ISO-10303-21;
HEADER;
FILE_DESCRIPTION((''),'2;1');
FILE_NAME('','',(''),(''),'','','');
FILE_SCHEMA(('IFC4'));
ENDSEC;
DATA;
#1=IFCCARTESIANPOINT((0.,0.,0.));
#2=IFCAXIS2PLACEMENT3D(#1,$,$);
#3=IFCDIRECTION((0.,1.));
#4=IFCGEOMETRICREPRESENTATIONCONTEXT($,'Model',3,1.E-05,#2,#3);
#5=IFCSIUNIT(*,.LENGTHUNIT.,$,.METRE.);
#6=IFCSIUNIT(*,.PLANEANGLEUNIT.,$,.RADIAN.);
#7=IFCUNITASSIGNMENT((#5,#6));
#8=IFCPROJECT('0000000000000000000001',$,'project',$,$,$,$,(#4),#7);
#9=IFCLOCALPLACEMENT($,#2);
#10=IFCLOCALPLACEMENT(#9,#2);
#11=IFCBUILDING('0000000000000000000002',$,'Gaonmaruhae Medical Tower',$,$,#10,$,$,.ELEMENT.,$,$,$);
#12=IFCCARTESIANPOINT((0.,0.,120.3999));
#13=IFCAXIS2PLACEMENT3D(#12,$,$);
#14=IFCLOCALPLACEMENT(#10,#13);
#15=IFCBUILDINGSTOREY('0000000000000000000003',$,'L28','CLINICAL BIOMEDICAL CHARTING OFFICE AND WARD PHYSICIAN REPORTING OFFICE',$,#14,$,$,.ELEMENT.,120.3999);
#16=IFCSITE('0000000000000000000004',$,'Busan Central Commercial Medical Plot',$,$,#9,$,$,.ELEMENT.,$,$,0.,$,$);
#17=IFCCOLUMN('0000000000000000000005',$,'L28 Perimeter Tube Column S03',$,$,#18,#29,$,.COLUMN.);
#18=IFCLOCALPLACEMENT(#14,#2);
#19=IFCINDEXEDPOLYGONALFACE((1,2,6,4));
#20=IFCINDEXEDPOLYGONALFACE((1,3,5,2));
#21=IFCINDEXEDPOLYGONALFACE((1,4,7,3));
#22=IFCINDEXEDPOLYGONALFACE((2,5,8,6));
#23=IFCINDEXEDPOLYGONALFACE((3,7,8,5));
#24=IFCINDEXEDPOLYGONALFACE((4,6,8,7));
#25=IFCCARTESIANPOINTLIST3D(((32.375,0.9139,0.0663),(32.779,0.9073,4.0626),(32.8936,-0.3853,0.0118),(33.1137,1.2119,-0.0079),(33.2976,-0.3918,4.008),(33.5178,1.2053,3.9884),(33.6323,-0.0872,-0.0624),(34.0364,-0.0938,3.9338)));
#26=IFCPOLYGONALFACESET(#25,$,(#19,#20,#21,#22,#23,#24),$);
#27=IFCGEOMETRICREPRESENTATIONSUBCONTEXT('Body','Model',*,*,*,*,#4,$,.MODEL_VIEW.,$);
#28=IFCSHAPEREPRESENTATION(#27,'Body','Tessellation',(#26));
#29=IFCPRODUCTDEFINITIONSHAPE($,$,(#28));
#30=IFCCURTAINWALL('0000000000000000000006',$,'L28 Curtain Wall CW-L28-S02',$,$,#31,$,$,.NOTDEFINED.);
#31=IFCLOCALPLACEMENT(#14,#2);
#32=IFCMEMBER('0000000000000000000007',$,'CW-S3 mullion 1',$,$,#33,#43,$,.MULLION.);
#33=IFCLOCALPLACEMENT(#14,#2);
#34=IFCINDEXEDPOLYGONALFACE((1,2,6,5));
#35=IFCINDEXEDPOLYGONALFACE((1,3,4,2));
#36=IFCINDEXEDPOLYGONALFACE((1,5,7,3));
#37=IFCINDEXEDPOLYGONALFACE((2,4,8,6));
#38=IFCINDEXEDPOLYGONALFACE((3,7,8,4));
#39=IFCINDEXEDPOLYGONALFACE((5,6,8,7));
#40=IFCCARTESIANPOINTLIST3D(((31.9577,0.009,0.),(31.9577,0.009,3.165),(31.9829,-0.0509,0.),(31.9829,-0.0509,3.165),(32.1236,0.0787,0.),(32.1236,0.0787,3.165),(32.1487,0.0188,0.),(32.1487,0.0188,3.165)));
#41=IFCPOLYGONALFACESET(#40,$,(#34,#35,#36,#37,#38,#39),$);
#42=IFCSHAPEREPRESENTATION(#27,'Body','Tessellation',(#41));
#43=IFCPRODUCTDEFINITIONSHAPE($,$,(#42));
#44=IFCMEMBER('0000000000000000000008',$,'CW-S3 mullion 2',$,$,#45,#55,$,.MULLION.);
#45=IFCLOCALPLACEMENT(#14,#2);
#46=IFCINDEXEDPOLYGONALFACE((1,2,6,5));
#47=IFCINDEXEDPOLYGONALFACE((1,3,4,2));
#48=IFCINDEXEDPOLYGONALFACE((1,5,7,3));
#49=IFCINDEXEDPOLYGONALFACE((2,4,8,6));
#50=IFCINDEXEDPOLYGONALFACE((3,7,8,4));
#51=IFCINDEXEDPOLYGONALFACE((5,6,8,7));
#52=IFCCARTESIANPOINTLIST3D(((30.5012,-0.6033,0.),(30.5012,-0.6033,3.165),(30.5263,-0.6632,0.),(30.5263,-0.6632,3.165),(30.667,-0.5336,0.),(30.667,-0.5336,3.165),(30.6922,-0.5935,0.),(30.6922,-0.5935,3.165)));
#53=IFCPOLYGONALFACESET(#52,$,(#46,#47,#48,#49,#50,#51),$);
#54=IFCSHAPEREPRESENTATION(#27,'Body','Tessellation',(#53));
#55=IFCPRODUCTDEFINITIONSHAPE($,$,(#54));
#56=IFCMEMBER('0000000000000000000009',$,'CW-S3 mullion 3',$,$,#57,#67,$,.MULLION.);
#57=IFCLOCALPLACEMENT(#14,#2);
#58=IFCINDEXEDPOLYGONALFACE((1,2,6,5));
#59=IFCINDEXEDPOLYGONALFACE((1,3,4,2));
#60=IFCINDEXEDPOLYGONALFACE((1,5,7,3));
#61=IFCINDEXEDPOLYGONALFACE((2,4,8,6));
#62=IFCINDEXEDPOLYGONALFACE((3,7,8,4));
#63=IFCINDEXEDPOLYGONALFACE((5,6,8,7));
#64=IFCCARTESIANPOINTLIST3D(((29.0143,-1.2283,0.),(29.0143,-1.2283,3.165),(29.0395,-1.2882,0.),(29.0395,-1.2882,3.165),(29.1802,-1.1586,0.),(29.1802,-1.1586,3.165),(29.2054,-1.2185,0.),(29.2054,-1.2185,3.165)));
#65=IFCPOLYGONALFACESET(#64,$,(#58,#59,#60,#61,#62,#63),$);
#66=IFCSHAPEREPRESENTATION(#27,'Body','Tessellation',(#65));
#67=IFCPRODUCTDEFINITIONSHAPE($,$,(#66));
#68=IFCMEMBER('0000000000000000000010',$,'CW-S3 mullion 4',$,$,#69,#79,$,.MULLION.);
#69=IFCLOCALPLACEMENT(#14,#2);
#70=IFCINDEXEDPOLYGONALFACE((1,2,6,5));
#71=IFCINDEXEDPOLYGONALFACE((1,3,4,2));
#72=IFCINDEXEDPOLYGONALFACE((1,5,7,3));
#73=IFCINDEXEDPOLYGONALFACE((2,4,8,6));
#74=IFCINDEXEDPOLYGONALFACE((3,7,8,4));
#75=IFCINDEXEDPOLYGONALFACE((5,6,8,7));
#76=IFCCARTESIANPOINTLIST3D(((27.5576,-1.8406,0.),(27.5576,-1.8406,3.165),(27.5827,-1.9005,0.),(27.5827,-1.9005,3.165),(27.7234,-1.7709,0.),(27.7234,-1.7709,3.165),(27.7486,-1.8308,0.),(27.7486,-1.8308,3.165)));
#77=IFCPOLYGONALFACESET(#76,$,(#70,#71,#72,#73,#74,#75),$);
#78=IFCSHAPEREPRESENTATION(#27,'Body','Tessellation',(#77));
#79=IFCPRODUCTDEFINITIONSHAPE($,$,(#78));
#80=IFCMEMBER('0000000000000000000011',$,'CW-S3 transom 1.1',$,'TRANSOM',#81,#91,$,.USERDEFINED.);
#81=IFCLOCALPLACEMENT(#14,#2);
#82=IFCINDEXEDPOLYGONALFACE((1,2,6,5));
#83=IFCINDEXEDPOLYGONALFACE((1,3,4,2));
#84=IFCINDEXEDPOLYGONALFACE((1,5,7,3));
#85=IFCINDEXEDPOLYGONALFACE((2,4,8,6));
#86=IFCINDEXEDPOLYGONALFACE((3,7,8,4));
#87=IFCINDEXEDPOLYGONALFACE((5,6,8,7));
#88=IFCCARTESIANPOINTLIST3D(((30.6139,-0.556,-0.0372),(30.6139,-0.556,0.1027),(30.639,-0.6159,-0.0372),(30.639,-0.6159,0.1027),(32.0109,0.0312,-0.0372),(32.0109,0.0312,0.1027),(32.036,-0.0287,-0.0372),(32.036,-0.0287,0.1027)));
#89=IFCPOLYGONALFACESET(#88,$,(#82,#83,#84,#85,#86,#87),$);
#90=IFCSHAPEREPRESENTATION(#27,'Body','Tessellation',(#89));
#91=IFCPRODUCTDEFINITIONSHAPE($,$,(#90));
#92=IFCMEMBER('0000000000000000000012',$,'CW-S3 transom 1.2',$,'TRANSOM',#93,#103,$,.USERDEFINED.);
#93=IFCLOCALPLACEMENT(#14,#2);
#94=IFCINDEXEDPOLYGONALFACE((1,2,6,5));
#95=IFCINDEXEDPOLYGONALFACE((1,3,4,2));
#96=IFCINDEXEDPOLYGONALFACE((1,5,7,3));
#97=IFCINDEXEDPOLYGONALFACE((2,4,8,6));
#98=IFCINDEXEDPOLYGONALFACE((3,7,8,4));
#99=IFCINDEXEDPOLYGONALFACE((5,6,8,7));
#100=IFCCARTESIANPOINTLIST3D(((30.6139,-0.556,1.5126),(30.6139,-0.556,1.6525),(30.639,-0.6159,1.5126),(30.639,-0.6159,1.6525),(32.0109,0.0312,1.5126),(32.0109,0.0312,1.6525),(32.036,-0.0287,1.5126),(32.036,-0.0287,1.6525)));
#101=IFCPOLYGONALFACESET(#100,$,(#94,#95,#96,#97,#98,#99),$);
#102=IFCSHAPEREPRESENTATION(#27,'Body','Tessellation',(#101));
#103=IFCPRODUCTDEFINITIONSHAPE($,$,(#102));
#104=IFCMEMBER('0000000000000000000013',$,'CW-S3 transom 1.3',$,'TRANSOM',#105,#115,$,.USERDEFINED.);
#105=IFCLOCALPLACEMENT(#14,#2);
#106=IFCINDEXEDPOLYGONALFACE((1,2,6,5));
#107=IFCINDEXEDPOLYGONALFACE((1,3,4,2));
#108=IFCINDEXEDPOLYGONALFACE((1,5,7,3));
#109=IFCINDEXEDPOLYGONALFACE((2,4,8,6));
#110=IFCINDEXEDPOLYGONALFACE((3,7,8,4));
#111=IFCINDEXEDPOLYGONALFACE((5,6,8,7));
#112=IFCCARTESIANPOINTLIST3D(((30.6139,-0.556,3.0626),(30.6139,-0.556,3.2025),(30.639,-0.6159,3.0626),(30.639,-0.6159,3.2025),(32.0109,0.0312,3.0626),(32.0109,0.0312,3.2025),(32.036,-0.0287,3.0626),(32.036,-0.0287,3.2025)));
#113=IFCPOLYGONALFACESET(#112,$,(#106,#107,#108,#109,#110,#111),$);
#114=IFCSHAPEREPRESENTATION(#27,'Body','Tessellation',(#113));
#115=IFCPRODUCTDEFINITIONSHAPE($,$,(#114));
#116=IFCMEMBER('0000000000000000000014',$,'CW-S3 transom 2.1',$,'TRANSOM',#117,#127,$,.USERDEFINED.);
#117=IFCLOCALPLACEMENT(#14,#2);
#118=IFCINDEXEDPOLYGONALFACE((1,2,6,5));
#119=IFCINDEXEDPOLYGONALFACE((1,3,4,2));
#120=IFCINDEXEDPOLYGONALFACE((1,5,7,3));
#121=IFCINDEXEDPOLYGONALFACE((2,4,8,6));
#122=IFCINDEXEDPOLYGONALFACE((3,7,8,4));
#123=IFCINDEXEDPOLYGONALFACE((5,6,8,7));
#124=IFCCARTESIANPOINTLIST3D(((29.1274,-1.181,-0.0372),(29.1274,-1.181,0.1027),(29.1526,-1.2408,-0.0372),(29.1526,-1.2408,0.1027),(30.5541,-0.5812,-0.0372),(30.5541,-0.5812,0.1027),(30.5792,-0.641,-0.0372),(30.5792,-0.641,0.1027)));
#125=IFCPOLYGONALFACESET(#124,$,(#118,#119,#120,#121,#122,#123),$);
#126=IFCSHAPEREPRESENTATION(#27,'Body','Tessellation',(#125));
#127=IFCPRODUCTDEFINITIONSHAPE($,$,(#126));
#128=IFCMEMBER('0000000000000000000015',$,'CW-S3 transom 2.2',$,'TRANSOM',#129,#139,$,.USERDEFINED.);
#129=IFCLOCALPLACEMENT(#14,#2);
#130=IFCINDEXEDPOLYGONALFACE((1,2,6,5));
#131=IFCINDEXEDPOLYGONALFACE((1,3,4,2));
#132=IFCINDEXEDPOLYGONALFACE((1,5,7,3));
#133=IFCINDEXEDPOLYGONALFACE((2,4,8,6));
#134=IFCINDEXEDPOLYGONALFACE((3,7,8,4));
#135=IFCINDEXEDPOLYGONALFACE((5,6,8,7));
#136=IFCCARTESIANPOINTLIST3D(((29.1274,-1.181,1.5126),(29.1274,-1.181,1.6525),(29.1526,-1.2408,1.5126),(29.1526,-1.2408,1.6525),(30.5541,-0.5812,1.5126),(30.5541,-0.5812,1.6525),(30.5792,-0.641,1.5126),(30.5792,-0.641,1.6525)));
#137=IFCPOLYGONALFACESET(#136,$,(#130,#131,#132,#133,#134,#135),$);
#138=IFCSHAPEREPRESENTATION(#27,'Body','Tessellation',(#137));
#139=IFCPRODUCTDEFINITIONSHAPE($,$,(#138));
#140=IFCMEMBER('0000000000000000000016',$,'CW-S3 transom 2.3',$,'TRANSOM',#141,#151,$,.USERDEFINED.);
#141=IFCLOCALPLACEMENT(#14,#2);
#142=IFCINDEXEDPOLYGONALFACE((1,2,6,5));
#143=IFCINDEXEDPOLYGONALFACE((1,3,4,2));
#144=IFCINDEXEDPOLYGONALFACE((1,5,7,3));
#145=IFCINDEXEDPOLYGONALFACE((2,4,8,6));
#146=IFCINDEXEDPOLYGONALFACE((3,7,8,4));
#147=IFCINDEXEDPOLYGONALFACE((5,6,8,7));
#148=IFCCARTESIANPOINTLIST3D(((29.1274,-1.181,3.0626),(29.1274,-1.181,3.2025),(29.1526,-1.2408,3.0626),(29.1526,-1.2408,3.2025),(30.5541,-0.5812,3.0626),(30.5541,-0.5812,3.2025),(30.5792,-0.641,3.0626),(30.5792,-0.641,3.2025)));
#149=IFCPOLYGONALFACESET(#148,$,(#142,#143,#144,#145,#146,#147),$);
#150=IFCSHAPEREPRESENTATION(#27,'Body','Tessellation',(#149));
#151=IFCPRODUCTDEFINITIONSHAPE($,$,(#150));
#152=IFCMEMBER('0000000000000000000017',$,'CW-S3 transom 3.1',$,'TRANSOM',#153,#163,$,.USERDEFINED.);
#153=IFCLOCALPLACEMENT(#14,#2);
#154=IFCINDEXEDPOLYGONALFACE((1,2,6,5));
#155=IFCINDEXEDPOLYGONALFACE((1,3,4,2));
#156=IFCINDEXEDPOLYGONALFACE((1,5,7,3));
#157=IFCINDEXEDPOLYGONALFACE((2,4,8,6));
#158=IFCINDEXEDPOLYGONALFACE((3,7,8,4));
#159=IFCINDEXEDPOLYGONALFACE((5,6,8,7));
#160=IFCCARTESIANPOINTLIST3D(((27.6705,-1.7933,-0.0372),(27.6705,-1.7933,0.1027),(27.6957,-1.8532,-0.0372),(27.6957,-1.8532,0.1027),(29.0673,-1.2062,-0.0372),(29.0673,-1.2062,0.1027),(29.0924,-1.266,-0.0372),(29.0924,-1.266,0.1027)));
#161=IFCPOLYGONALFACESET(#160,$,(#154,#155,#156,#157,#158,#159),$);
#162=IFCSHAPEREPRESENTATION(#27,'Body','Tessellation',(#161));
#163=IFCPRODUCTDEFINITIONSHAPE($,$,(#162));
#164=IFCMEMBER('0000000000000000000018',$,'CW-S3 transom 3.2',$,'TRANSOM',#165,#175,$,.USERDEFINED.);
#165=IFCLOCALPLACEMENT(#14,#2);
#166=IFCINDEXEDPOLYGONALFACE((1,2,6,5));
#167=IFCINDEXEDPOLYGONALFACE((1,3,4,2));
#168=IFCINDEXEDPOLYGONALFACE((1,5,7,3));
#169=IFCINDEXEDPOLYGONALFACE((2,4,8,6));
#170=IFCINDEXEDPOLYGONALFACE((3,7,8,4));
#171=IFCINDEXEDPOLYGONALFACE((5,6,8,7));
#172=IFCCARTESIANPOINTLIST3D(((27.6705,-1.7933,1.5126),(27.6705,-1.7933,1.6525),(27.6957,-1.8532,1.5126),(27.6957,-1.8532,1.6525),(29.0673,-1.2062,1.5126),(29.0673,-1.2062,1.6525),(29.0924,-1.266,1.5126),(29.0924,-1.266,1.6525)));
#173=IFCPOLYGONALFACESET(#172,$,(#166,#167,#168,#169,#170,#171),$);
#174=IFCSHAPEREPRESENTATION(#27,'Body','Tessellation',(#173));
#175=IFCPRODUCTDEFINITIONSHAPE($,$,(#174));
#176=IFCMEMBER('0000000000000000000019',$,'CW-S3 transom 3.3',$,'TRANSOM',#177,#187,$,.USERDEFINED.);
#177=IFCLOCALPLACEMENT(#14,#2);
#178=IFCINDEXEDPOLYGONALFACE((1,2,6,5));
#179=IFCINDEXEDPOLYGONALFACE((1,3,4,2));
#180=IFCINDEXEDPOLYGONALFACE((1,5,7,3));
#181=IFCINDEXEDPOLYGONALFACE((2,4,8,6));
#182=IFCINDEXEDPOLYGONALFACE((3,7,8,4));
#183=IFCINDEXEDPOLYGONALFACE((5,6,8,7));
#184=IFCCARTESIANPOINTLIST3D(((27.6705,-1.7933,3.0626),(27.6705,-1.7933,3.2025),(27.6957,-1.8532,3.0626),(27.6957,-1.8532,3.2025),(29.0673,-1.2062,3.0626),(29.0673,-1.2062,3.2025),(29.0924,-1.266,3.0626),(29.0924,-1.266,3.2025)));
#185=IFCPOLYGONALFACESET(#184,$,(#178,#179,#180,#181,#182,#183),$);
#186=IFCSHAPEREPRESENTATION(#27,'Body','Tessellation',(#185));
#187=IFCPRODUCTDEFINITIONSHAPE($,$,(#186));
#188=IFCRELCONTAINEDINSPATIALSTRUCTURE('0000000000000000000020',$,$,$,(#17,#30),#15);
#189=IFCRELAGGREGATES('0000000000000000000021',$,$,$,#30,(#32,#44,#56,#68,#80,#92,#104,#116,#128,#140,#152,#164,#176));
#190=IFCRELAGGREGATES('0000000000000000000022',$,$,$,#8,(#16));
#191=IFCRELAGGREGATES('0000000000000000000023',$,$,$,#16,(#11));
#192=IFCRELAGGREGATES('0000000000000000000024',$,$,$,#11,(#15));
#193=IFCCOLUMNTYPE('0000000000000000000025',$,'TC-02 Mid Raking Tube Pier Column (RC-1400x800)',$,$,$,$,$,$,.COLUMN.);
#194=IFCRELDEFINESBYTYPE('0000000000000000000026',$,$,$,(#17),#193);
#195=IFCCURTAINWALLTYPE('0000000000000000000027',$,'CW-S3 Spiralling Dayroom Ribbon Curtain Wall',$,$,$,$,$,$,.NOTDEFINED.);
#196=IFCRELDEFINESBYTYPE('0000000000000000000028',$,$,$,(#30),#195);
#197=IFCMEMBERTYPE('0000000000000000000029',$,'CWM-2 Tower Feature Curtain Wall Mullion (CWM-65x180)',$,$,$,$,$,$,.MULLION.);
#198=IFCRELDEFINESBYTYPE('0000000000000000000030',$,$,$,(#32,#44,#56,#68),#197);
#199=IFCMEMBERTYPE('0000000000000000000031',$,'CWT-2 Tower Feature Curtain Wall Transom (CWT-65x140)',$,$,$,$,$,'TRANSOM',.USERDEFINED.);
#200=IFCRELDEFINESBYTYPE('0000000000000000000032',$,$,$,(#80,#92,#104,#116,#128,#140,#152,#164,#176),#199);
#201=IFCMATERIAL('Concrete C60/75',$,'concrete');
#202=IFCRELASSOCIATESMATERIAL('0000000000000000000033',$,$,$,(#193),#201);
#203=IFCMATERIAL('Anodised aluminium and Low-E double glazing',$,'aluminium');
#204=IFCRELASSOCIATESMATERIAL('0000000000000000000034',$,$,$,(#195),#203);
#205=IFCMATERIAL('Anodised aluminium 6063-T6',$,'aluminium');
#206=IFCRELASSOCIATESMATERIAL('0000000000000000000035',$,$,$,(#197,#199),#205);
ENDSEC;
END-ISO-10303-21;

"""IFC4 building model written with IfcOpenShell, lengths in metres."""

from ifc_helpers import new_model, si_unit, direction, frame, origin, origin_2d, place, context, subcontext, project, spatial, rectangle, extrude, material, material_profile, profile_set, type_object, element, aggregate, save


model = new_model("IFC4")

# Units and contexts
model_context = context("Model", 3, precision=1e-05, world=origin(), true_north=direction((0.0, 1.0)))
body_context = subcontext(model_context, "Body", "Model", "MODEL_VIEW")
ifc_project = project(units=[si_unit("LENGTHUNIT", "METRE"), si_unit("PLANEANGLEUNIT", "RADIAN")], contexts=[model_context])

# Site, building, storey
site_placement = place(None, origin())
site = spatial("IfcSite", under=ifc_project, at=site_placement, Name="Busan Central Commercial Medical Plot", CompositionType="ELEMENT", RefElevation=0.0)
building_placement = place(site_placement, origin())
building = spatial("IfcBuilding", under=site, at=building_placement, Name="Gaonmaruhae Medical Tower", CompositionType="ELEMENT")
storey_placement = place(building_placement, frame((0.0, 0.0, 120.3999)))
storey = spatial("IfcBuildingStorey", under=building, at=storey_placement, Name="L28", Description="CLINICAL BIOMEDICAL CHARTING OFFICE AND WARD PHYSICIAN REPORTING OFFICE", CompositionType="ELEMENT", Elevation=120.3999)

# Column
ifc_material_1 = material(Name="Concrete C60/75", Category="concrete")
ifc_material_profile_1 = material_profile(ifc_material_1, rectangle(XDim=1.3999, YDim=0.8, at=origin_2d()), Name="RC-1400x800")
ifc_profile_set_1 = profile_set([ifc_material_profile_1], Name="Concrete C60/75")
column_type = type_object("IfcColumnType", Name="TC-02 Mid Raking Tube Pier Column (RC-1400x800)", PredefinedType="COLUMN", material=ifc_profile_set_1)
column_placement = place(storey_placement, frame((33.0037, 0.4133, 0.002), z_axis=(0.100593, -0.001641, 0.994926), x_axis=(-0.370461, 0.92803, 0.038986)))
element("IfcColumn", 1, at=column_placement, inside=storey, type_object=column_type, Name="L28 Perimeter Tube Column S03", PredefinedType="COLUMN", context=body_context, shape_type="SweptSolid", body=[
    extrude(rectangle(XDim=1.3999, YDim=0.8, at=origin_2d()), origin(), (0.0, 0.0, 1.0), 4.0166),
])

# Curtain wall, members
ifc_material_2 = material(Name="Anodised aluminium and Low-E double glazing", Category="aluminium")
curtain_wall_type = type_object("IfcCurtainWallType", Name="CW-S3 Spiralling Dayroom Ribbon Curtain Wall", PredefinedType="NOTDEFINED", material=ifc_material_2)
curtain_wall_placement = place(storey_placement, origin())
curtain_wall = element("IfcCurtainWall", 2, at=curtain_wall_placement, inside=storey, type_object=curtain_wall_type, Name="L28 Curtain Wall CW-L28-S02", PredefinedType="NOTDEFINED")
ifc_material_3 = material(Name="Anodised aluminium 6063-T6", Category="aluminium")
ifc_material_profile_2 = material_profile(ifc_material_3, rectangle(XDim=0.0649, YDim=0.1799, at=origin_2d()), Name="CWM-65x180")
ifc_profile_set_2 = profile_set([ifc_material_profile_2], Name="Anodised aluminium 6063-T6")
member_type_1 = type_object("IfcMemberType", Name="CWM-2 Tower Feature Curtain Wall Mullion (CWM-65x180)", PredefinedType="MULLION", material=ifc_profile_set_2)
member_1_placement = place(storey_placement, frame((32.0532, 0.0139, 0.0), z_axis=(0.0, 0.0, 1.0), x_axis=(0.387516, -0.921863, 0.0)))
member_1 = element("IfcMember", 3, at=member_1_placement, type_object=member_type_1, Name="CW-S3 mullion 1", PredefinedType="MULLION", context=body_context, shape_type="SweptSolid", body=[
    extrude(rectangle(XDim=0.0649, YDim=0.1799, at=origin_2d()), origin(), (0.0, 0.0, 1.0), 3.165),
])
member_2_placement = place(storey_placement, frame((30.5967, -0.5984, 0.0), z_axis=(0.0, 0.0, 1.0), x_axis=(0.387516, -0.921863, 0.0)))
member_2 = element("IfcMember", 4, at=member_2_placement, type_object=member_type_1, Name="CW-S3 mullion 2", PredefinedType="MULLION", context=body_context, shape_type="SweptSolid", body=[
    extrude(rectangle(XDim=0.0649, YDim=0.1799, at=origin_2d()), origin(), (0.0, 0.0, 1.0), 3.165),
])
member_3_placement = place(storey_placement, frame((29.1099, -1.2234, 0.0), z_axis=(0.0, 0.0, 1.0), x_axis=(0.387516, -0.921863, 0.0)))
member_3 = element("IfcMember", 5, at=member_3_placement, type_object=member_type_1, Name="CW-S3 mullion 3", PredefinedType="MULLION", context=body_context, shape_type="SweptSolid", body=[
    extrude(rectangle(XDim=0.0649, YDim=0.1799, at=origin_2d()), origin(), (0.0, 0.0, 1.0), 3.165),
])
member_4_placement = place(storey_placement, frame((27.6531, -1.8357, 0.0), z_axis=(0.0, 0.0, 1.0), x_axis=(0.387516, -0.921863, 0.0)))
member_4 = element("IfcMember", 6, at=member_4_placement, type_object=member_type_1, Name="CW-S3 mullion 4", PredefinedType="MULLION", context=body_context, shape_type="SweptSolid", body=[
    extrude(rectangle(XDim=0.0649, YDim=0.1799, at=origin_2d()), origin(), (0.0, 0.0, 1.0), 3.165),
])
ifc_material_profile_3 = material_profile(ifc_material_3, rectangle(XDim=0.0649, YDim=0.1399, at=origin_2d()), Name="CWT-65x140")
ifc_profile_set_3 = profile_set([ifc_material_profile_3], Name="Anodised aluminium 6063-T6")
member_type_2 = type_object("IfcMemberType", Name="CWT-2 Tower Feature Curtain Wall Transom (CWT-65x140)", ElementType="TRANSOM", PredefinedType="USERDEFINED", material=ifc_profile_set_3)
member_5_placement = place(storey_placement, frame((32.0234, 0.0012, 0.0327), z_axis=(-0.921881, -0.387474, 0.0), x_axis=(0.387474, -0.921881, 0.0)))
member_5 = element("IfcMember", 7, at=member_5_placement, type_object=member_type_2, Name="CW-S3 transom 1.1", ObjectType="TRANSOM", PredefinedType="USERDEFINED", context=body_context, shape_type="SweptSolid", body=[
    extrude(rectangle(XDim=0.0649, YDim=0.1399, at=origin_2d()), origin(), (0.0, 0.0, 1.0), 1.5154),
])
member_6_placement = place(storey_placement, frame((32.0234, 0.0012, 1.5825), z_axis=(-0.921881, -0.387474, 0.0), x_axis=(0.387474, -0.921881, 0.0)))
member_6 = element("IfcMember", 8, at=member_6_placement, type_object=member_type_2, Name="CW-S3 transom 1.2", ObjectType="TRANSOM", PredefinedType="USERDEFINED", context=body_context, shape_type="SweptSolid", body=[
    extrude(rectangle(XDim=0.0649, YDim=0.1399, at=origin_2d()), origin(), (0.0, 0.0, 1.0), 1.5154),
])
member_7_placement = place(storey_placement, frame((32.0234, 0.0012, 3.1326), z_axis=(-0.921881, -0.387474, 0.0), x_axis=(0.387474, -0.921881, 0.0)))
member_7 = element("IfcMember", 9, at=member_7_placement, type_object=member_type_2, Name="CW-S3 transom 1.3", ObjectType="TRANSOM", PredefinedType="USERDEFINED", context=body_context, shape_type="SweptSolid", body=[
    extrude(rectangle(XDim=0.0649, YDim=0.1399, at=origin_2d()), origin(), (0.0, 0.0, 1.0), 1.5154),
])
member_8_placement = place(storey_placement, frame((30.5667, -0.6111, 0.0327), z_axis=(-0.92184, -0.38757, 0.0), x_axis=(0.38757, -0.92184, 0.0)))
member_8 = element("IfcMember", 10, at=member_8_placement, type_object=member_type_2, Name="CW-S3 transom 2.1", ObjectType="TRANSOM", PredefinedType="USERDEFINED", context=body_context, shape_type="SweptSolid", body=[
    extrude(rectangle(XDim=0.0649, YDim=0.1399, at=origin_2d()), origin(), (0.0, 0.0, 1.0), 1.5476),
])
member_9_placement = place(storey_placement, frame((30.5667, -0.6111, 1.5825), z_axis=(-0.92184, -0.38757, 0.0), x_axis=(0.38757, -0.92184, 0.0)))
member_9 = element("IfcMember", 11, at=member_9_placement, type_object=member_type_2, Name="CW-S3 transom 2.2", ObjectType="TRANSOM", PredefinedType="USERDEFINED", context=body_context, shape_type="SweptSolid", body=[
    extrude(rectangle(XDim=0.0649, YDim=0.1399, at=origin_2d()), origin(), (0.0, 0.0, 1.0), 1.5476),
])
member_10_placement = place(storey_placement, frame((30.5667, -0.6111, 3.1326), z_axis=(-0.92184, -0.38757, 0.0), x_axis=(0.38757, -0.92184, 0.0)))
member_10 = element("IfcMember", 12, at=member_10_placement, type_object=member_type_2, Name="CW-S3 transom 2.3", ObjectType="TRANSOM", PredefinedType="USERDEFINED", context=body_context, shape_type="SweptSolid", body=[
    extrude(rectangle(XDim=0.0649, YDim=0.1399, at=origin_2d()), origin(), (0.0, 0.0, 1.0), 1.5476),
])
member_11_placement = place(storey_placement, frame((29.0798, -1.2361, 0.0327), z_axis=(-0.921857, -0.387531, 0.0), x_axis=(0.387531, -0.921857, 0.0)))
member_11 = element("IfcMember", 13, at=member_11_placement, type_object=member_type_2, Name="CW-S3 transom 3.1", ObjectType="TRANSOM", PredefinedType="USERDEFINED", context=body_context, shape_type="SweptSolid", body=[
    extrude(rectangle(XDim=0.0649, YDim=0.1399, at=origin_2d()), origin(), (0.0, 0.0, 1.0), 1.5151),
])
member_12_placement = place(storey_placement, frame((29.0798, -1.2361, 1.5825), z_axis=(-0.921857, -0.387531, 0.0), x_axis=(0.387531, -0.921857, 0.0)))
member_12 = element("IfcMember", 14, at=member_12_placement, type_object=member_type_2, Name="CW-S3 transom 3.2", ObjectType="TRANSOM", PredefinedType="USERDEFINED", context=body_context, shape_type="SweptSolid", body=[
    extrude(rectangle(XDim=0.0649, YDim=0.1399, at=origin_2d()), origin(), (0.0, 0.0, 1.0), 1.5151),
])
member_13_placement = place(storey_placement, frame((29.0798, -1.2361, 3.1326), z_axis=(-0.921857, -0.387531, 0.0), x_axis=(0.387531, -0.921857, 0.0)))
member_13 = element("IfcMember", 15, at=member_13_placement, type_object=member_type_2, Name="CW-S3 transom 3.3", ObjectType="TRANSOM", PredefinedType="USERDEFINED", context=body_context, shape_type="SweptSolid", body=[
    extrude(rectangle(XDim=0.0649, YDim=0.1399, at=origin_2d()), origin(), (0.0, 0.0, 1.0), 1.5151),
])

aggregate(curtain_wall, [member_1, member_2, member_3, member_4, member_5, member_6, member_7, member_8, member_9, member_10, member_11, member_12, member_13])

save(model, "model.ifc")
